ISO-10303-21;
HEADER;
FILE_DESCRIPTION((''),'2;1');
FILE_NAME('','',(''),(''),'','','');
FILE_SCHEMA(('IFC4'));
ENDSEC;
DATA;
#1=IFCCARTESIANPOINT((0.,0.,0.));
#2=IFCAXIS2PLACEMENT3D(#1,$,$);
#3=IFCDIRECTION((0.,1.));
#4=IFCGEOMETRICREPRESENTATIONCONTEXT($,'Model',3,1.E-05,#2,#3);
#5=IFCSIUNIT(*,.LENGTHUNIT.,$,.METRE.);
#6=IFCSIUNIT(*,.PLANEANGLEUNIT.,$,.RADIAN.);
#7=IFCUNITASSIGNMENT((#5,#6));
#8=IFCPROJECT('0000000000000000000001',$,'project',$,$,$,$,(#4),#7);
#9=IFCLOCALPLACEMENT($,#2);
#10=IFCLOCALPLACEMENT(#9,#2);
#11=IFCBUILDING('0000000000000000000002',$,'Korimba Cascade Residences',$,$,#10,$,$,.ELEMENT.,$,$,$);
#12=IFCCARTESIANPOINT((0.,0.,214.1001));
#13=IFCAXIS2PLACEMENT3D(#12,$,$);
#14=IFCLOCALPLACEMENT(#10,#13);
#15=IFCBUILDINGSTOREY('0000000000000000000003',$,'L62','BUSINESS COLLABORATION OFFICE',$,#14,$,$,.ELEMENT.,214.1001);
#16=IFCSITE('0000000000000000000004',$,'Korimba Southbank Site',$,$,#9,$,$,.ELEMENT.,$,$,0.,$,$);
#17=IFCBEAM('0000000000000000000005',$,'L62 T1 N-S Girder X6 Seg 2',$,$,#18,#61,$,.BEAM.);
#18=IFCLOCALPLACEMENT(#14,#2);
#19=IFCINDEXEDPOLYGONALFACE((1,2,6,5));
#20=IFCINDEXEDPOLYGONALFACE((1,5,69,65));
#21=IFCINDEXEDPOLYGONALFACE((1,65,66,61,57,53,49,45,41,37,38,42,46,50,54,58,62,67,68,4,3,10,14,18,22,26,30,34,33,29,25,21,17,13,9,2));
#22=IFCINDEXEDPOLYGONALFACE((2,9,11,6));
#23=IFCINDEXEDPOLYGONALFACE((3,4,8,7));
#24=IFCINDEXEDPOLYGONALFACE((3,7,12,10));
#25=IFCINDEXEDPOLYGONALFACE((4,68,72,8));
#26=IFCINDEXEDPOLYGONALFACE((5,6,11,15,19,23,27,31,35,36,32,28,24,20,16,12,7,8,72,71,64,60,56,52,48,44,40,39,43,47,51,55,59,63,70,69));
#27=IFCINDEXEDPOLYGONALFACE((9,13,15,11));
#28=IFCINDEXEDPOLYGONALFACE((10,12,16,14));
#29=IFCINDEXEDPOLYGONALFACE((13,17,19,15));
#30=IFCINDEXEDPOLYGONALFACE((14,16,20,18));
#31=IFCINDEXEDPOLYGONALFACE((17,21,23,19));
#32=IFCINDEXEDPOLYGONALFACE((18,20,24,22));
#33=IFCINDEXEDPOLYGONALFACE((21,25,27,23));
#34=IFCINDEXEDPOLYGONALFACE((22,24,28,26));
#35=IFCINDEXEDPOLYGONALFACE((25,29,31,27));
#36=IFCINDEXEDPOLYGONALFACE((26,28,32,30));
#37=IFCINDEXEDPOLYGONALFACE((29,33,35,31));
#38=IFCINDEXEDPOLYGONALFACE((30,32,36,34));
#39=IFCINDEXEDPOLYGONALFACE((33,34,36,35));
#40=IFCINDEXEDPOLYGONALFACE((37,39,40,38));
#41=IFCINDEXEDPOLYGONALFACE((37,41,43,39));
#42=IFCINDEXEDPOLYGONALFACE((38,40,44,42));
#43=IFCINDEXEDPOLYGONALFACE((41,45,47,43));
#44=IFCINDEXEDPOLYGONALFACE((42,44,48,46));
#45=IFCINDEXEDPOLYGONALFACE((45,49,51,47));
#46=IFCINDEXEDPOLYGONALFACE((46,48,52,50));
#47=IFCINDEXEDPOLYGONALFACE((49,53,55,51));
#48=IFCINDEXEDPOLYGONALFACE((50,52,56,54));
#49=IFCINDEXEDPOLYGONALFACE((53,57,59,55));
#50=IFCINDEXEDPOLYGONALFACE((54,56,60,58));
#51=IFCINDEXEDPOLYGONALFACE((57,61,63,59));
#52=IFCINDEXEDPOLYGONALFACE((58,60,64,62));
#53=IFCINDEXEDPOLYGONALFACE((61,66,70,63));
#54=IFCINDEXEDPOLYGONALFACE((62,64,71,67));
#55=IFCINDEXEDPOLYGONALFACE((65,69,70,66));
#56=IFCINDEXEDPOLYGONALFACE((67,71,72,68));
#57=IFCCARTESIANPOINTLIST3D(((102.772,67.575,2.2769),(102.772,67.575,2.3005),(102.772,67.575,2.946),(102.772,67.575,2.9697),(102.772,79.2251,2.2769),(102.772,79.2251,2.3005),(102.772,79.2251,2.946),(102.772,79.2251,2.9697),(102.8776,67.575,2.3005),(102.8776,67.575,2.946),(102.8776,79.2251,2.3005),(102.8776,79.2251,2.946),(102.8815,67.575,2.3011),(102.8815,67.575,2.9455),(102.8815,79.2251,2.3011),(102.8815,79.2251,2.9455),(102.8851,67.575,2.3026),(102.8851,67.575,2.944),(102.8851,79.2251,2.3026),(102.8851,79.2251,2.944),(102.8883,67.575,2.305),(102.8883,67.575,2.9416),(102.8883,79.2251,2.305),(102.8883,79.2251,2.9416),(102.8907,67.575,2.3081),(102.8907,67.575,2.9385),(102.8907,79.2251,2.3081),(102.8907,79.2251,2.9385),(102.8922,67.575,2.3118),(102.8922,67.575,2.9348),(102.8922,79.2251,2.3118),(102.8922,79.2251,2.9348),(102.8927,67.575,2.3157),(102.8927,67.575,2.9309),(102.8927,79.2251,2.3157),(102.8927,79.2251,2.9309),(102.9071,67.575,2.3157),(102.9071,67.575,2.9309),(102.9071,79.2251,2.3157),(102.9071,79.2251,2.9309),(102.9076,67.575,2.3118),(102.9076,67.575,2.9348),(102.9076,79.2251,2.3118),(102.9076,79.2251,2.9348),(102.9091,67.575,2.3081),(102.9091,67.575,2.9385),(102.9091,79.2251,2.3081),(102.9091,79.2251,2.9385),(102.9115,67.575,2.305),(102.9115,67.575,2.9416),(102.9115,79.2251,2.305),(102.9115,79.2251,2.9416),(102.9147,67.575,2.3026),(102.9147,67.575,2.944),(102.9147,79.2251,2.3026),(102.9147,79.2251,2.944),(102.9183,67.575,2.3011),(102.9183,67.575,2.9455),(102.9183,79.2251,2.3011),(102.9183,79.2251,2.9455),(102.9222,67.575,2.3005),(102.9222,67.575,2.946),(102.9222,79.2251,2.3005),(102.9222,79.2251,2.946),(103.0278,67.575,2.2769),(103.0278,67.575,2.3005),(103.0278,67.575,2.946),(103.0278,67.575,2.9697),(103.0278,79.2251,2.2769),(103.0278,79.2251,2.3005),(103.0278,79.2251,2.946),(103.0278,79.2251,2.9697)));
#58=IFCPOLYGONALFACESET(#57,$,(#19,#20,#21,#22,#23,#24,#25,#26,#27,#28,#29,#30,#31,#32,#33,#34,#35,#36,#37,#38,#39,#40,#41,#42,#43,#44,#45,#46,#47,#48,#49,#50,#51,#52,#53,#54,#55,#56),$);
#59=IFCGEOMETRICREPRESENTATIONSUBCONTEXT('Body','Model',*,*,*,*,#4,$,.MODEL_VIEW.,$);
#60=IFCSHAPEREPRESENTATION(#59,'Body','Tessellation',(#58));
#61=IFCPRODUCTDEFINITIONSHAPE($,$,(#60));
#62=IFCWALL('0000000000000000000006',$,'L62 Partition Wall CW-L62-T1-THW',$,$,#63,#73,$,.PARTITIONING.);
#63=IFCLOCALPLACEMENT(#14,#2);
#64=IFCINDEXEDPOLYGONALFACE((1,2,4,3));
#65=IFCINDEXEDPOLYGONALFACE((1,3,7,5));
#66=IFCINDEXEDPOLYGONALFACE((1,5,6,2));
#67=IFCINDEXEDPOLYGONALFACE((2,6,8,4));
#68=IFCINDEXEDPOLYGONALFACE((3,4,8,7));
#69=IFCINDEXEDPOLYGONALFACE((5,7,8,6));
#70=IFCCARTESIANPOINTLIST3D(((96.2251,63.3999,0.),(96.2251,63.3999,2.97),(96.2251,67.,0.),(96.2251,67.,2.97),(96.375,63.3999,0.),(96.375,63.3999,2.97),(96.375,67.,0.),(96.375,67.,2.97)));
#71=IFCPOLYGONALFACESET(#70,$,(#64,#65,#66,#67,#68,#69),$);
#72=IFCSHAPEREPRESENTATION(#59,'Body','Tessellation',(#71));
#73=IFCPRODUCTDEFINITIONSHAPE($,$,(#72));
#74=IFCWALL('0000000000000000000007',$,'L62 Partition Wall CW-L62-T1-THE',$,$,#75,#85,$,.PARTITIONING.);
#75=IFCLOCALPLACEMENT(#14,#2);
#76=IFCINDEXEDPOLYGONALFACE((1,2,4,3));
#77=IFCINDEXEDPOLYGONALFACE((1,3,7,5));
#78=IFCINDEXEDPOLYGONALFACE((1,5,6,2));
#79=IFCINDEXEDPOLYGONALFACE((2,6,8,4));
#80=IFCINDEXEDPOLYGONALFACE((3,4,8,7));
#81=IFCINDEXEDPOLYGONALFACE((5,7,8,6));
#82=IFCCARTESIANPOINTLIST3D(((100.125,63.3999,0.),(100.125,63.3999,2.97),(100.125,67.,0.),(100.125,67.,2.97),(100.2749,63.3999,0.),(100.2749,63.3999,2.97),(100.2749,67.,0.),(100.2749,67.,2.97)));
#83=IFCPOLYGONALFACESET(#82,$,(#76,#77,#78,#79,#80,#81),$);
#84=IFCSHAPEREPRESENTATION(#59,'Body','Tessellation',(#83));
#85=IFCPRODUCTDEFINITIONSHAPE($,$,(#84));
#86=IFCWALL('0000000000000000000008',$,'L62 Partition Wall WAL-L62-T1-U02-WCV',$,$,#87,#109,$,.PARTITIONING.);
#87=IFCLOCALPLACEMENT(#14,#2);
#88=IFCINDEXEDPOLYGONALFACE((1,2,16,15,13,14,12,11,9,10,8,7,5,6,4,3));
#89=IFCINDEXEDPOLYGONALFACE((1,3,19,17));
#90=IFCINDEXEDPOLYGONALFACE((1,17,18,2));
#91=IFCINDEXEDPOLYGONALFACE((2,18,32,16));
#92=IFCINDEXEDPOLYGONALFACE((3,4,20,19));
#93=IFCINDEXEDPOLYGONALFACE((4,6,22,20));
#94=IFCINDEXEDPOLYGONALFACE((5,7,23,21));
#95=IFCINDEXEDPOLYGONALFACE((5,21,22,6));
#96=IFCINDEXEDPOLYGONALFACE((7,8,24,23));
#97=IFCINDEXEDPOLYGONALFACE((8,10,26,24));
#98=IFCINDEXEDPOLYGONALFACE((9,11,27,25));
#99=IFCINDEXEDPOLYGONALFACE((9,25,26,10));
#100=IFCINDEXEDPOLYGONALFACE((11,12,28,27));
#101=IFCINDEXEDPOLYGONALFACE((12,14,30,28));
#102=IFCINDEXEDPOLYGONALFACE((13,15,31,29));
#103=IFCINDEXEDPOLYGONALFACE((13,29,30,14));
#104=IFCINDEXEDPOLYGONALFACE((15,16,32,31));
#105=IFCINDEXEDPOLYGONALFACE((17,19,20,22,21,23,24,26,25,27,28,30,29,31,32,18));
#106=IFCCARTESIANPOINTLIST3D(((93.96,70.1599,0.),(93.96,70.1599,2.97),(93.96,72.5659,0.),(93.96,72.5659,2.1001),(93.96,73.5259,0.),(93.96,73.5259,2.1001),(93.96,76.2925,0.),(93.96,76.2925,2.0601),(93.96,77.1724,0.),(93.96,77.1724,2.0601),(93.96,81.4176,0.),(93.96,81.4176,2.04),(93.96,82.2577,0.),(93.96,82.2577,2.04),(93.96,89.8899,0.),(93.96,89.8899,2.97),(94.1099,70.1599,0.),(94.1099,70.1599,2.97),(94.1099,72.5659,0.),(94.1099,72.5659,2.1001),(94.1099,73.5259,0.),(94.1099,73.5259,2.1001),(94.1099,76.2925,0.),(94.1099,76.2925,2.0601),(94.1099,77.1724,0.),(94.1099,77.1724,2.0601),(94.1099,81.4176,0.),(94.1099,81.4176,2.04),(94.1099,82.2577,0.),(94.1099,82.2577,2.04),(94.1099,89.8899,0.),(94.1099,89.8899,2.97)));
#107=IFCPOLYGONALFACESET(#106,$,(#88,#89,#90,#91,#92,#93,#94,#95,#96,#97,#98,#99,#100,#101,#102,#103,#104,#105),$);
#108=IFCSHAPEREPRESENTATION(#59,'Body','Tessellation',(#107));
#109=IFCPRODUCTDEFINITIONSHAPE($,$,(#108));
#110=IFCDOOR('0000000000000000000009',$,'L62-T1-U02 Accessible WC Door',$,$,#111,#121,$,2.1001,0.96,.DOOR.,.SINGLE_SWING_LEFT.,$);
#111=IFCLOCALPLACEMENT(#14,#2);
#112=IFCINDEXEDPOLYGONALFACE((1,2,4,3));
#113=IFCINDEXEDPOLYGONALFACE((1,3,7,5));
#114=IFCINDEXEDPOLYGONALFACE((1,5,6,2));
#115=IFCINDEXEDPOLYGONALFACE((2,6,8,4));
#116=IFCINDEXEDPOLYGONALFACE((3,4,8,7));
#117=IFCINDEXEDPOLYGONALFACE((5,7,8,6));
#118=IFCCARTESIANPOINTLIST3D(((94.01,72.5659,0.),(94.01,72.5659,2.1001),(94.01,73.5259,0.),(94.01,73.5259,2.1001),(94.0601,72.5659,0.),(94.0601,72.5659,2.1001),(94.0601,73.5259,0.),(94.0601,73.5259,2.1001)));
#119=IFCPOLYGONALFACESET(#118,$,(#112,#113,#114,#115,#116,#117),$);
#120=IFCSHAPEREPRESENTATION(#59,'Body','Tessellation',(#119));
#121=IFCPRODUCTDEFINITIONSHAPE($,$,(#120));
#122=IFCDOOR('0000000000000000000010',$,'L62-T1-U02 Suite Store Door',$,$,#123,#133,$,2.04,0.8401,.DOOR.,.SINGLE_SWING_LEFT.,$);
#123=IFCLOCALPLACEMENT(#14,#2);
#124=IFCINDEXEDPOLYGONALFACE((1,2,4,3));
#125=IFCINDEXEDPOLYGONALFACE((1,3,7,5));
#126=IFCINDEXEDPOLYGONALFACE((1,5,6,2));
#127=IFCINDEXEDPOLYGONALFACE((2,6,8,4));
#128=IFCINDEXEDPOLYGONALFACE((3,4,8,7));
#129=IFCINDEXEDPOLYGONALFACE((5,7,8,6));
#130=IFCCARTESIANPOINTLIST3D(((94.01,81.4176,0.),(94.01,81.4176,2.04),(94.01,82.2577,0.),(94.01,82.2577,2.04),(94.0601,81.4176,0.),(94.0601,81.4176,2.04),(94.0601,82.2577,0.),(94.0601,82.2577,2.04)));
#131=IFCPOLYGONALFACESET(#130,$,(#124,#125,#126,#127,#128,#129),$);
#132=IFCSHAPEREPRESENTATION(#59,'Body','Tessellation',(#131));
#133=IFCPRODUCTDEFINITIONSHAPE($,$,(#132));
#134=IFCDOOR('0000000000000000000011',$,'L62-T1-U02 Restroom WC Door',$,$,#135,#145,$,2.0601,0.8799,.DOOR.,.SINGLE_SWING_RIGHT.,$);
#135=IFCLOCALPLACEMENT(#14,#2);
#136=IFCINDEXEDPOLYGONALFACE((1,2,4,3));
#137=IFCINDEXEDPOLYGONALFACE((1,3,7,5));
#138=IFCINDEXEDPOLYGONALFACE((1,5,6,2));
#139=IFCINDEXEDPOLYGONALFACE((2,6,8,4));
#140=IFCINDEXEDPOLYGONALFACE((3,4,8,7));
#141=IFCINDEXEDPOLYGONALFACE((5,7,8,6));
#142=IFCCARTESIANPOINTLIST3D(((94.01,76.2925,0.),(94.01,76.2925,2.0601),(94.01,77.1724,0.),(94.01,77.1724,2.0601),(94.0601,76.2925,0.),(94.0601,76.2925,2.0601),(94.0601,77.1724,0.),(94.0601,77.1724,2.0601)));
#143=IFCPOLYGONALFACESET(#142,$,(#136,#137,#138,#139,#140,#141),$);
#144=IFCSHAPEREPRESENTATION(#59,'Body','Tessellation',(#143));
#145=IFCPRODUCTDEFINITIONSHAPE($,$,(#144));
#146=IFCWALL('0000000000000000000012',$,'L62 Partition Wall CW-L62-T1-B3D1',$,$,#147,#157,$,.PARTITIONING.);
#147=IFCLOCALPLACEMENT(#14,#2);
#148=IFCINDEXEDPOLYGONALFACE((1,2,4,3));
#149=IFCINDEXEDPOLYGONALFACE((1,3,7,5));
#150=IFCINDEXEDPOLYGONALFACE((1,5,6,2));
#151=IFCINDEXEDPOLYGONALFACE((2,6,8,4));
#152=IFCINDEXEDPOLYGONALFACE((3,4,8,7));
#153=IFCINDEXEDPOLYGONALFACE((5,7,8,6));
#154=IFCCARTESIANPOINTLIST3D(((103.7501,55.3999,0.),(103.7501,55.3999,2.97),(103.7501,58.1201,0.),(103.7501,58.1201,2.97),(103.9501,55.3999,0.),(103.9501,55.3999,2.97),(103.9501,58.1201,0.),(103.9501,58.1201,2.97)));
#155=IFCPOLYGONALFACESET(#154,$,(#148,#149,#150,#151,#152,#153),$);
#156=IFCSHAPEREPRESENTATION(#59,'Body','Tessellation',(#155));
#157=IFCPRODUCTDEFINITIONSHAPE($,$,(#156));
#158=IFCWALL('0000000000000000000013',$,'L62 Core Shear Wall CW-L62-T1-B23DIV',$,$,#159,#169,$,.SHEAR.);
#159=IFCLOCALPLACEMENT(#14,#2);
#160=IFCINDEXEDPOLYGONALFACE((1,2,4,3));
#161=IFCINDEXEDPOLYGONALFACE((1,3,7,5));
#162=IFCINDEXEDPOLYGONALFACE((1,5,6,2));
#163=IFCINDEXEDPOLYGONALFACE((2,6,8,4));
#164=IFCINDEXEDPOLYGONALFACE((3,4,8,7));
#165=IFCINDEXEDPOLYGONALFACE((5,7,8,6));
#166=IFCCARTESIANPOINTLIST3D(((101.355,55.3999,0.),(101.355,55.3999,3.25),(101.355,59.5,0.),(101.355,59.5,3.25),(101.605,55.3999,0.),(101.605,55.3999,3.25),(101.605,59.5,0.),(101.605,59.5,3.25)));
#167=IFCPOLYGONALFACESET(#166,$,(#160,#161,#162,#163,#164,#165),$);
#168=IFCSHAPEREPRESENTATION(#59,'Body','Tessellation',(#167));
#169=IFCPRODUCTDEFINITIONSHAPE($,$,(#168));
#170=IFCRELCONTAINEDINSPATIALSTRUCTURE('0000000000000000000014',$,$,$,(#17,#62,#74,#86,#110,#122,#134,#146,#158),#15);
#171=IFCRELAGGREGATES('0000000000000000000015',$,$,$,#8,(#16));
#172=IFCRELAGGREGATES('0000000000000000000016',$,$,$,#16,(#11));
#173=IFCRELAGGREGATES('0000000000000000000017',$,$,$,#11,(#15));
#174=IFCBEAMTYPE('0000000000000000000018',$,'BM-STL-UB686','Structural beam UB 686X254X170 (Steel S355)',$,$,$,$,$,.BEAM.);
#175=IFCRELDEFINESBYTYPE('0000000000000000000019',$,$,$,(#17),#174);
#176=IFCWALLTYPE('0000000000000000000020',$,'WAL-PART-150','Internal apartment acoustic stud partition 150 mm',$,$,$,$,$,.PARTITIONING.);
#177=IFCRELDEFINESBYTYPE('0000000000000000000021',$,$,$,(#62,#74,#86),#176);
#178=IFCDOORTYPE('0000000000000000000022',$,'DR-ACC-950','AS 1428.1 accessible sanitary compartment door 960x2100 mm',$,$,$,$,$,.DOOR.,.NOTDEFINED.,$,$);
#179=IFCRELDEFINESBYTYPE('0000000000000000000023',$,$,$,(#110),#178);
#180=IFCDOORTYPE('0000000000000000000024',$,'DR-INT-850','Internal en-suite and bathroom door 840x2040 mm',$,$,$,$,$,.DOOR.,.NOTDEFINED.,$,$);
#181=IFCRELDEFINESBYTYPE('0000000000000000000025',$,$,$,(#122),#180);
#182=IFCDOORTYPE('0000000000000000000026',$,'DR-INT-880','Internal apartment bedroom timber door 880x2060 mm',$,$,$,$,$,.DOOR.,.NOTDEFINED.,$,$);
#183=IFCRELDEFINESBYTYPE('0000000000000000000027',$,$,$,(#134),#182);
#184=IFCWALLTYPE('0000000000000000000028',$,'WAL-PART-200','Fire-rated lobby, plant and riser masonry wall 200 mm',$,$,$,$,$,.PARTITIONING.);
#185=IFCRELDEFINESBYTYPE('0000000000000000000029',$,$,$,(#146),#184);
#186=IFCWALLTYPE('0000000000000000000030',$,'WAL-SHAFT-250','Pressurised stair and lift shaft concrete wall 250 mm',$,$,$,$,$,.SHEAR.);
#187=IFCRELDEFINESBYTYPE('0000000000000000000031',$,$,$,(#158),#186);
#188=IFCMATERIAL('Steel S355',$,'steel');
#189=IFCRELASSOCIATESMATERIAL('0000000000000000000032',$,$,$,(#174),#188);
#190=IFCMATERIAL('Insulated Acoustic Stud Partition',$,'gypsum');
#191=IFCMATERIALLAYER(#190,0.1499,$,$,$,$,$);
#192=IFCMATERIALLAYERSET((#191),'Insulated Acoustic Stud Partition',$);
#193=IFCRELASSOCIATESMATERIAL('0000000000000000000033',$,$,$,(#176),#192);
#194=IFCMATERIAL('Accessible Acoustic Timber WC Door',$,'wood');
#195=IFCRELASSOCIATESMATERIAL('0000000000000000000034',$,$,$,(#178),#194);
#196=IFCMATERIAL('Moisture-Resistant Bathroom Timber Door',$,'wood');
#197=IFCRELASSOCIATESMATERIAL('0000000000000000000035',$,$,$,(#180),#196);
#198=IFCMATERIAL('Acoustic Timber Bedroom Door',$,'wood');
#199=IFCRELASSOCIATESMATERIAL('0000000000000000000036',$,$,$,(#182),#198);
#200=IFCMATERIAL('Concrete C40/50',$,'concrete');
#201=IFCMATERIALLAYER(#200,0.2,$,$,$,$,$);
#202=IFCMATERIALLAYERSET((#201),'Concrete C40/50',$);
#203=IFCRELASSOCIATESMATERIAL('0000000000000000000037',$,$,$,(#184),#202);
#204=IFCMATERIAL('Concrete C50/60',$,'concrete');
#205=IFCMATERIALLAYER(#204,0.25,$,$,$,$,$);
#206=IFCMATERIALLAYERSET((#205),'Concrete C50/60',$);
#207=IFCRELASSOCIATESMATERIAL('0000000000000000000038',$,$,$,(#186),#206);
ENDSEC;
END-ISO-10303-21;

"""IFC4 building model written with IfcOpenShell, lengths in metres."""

from ifc_helpers import new_model, si_unit, direction, frame, frame_2d, origin, origin_2d, place, context, subcontext, project, spatial, rectangle, i_section, extrude, material, layer, layer_set, material_profile, profile_set, type_object, element, fill, save


model = new_model("IFC4")

# Units and contexts
model_context = context("Model", 3, precision=1e-05, world=origin(), true_north=direction((0.0, 1.0)))
body_context = subcontext(model_context, "Body", "Model", "MODEL_VIEW")
ifc_project = project(units=[si_unit("LENGTHUNIT", "METRE"), si_unit("PLANEANGLEUNIT", "RADIAN")], contexts=[model_context])

# Site, building, storey
site_placement = place(None, origin())
site = spatial("IfcSite", under=ifc_project, at=site_placement, Name="Korimba Southbank Site", CompositionType="ELEMENT", RefElevation=0.0)
building_placement = place(site_placement, origin())
building = spatial("IfcBuilding", under=site, at=building_placement, Name="Korimba Cascade Residences", CompositionType="ELEMENT")
storey_placement = place(building_placement, frame((0.0, 0.0, 214.1001)))
storey = spatial("IfcBuildingStorey", under=building, at=storey_placement, Name="L62", Description="BUSINESS COLLABORATION OFFICE", CompositionType="ELEMENT", Elevation=214.1001)

# Beam
ifc_material_1 = material(Name="Steel S355", Category="steel")
ifc_material_profile_1 = material_profile(ifc_material_1, i_section(OverallWidth=0.2559, OverallDepth=0.6929, WebThickness=0.0144, FlangeThickness=0.0237, FilletRadius=0.0151, at=origin_2d()), Name="Steel S355")
ifc_profile_set_1 = profile_set([ifc_material_profile_1], Name="Steel S355")
beam_type = type_object("IfcBeamType", Name="BM-STL-UB686", Description="Structural beam UB 686X254X170 (Steel S355)", PredefinedType="BEAM", material=ifc_profile_set_1)
beam_1_placement = place(storey_placement, frame((102.8999, 67.575, 2.6233), z_axis=(0.0, 1.0, 0.0), x_axis=(-1.0, 0.0, 0.0)))
element("IfcBeam", 1, at=beam_1_placement, inside=storey, type_object=beam_type, Name="L62 T1 N-S Girder X6 Seg 2", PredefinedType="BEAM", context=body_context, shape_type="SweptSolid", body=[
    extrude(i_section(OverallWidth=0.2559, OverallDepth=0.6929, WebThickness=0.0144, FlangeThickness=0.0237, FilletRadius=0.0151, at=origin_2d()), origin(), (0.0, 0.0, 1.0), 11.6501),
])

# Walls
ifc_material_2 = material(Name="Insulated Acoustic Stud Partition", Category="gypsum")
ifc_layer_1 = layer(ifc_material_2, 0.1499)
ifc_layer_set_1 = layer_set([ifc_layer_1], Name="Insulated Acoustic Stud Partition")
wall_type_1 = type_object("IfcWallType", Name="WAL-PART-150", Description="Internal apartment acoustic stud partition 150 mm", PredefinedType="PARTITIONING", material=ifc_layer_set_1)
for number, where, z_axis, x_axis, name in (
    (2, (96.3, 63.3999, 0.0), (0.0, 0.0, 1.0), (0.0, 1.0, 0.0), "L62 Partition Wall CW-L62-T1-THW"),
    (3, (100.2, 63.3999, 0.0), (0.0, 0.0, 1.0), (0.0, 1.0, 0.0), "L62 Partition Wall CW-L62-T1-THE"),
):
    element("IfcWall", number, at=place(storey_placement, frame(where, z_axis=z_axis, x_axis=x_axis)), inside=storey, type_object=wall_type_1, Name=name, PredefinedType="PARTITIONING", context=body_context, shape_type="SweptSolid", body=[
        extrude(rectangle(XDim=3.6001, YDim=0.1499, at=frame_2d((1.8, 0.0))), origin(), (0.0, 0.0, 1.0), 2.97),
    ])

# Wall, openings, doors
wall_1_placement = place(storey_placement, frame((94.0349, 70.1599, 0.0), z_axis=(0.0, 0.0, 1.0), x_axis=(0.0, 1.0, 0.0)))
wall_1 = element("IfcWall", 4, at=wall_1_placement, inside=storey, type_object=wall_type_1, Name="L62 Partition Wall WAL-L62-T1-U02-WCV", PredefinedType="PARTITIONING", context=body_context, shape_type="SweptSolid", body=[
    extrude(rectangle(XDim=19.73, YDim=0.1499, at=frame_2d((9.865, 0.0))), origin(), (0.0, 0.0, 1.0), 2.97),
])
opening_1_placement = place(wall_1_placement, frame((2.406, 0.0, 0.0)))
opening_1 = element("IfcOpeningElement", 5, at=opening_1_placement, cuts=wall_1, PredefinedType="OPENING", context=body_context, shape_type="SweptSolid", body=[
    extrude(rectangle(XDim=0.96, YDim=2.1001, at=frame_2d((0.48, 1.05))), frame((0.0, 0.085, 0.0), z_axis=(0.0, -1.0, 0.0), x_axis=(1.0, 0.0, 0.0)), (0.0, 0.0, 1.0), 0.1699),
])
opening_2_placement = place(wall_1_placement, frame((6.1326, 0.0, 0.0)))
opening_2 = element("IfcOpeningElement", 6, at=opening_2_placement, cuts=wall_1, PredefinedType="OPENING", context=body_context, shape_type="SweptSolid", body=[
    extrude(rectangle(XDim=0.8799, YDim=2.0601, at=frame_2d((0.4399, 1.03))), frame((0.0, 0.085, 0.0), z_axis=(0.0, -1.0, 0.0), x_axis=(1.0, 0.0, 0.0)), (0.0, 0.0, 1.0), 0.1699),
])
opening_3_placement = place(wall_1_placement, frame((11.2578, 0.0, 0.0)))
opening_3 = element("IfcOpeningElement", 7, at=opening_3_placement, cuts=wall_1, PredefinedType="OPENING", context=body_context, shape_type="SweptSolid", body=[
    extrude(rectangle(XDim=0.8401, YDim=2.04, at=frame_2d((0.4199, 1.02))), frame((0.0, 0.085, 0.0), z_axis=(0.0, -1.0, 0.0), x_axis=(1.0, 0.0, 0.0)), (0.0, 0.0, 1.0), 0.1699),
])
ifc_material_3 = material(Name="Accessible Acoustic Timber WC Door", Category="wood")
door_type_1 = type_object("IfcDoorType", Name="DR-ACC-950", Description="AS 1428.1 accessible sanitary compartment door 960x2100 mm", OperationType="NOTDEFINED", PredefinedType="DOOR", material=ifc_material_3)
door_1_placement = place(opening_1_placement, origin())
door_1 = element("IfcDoor", 8, at=door_1_placement, inside=storey, type_object=door_type_1, Name="L62-T1-U02 Accessible WC Door", OperationType="SINGLE_SWING_LEFT", OverallHeight=2.1001, OverallWidth=0.96, PredefinedType="DOOR", context=body_context, shape_type="SweptSolid", body=[
    extrude(rectangle(XDim=0.96, YDim=2.1001, at=frame_2d((0.48, 1.05))), frame((0.0, 0.0249, 0.0), z_axis=(0.0, -1.0, 0.0), x_axis=(1.0, 0.0, 0.0)), (0.0, 0.0, 1.0), 0.05),
])
fill(opening_1, door_1)
ifc_material_4 = material(Name="Moisture-Resistant Bathroom Timber Door", Category="wood")
door_type_2 = type_object("IfcDoorType", Name="DR-INT-850", Description="Internal en-suite and bathroom door 840x2040 mm", OperationType="NOTDEFINED", PredefinedType="DOOR", material=ifc_material_4)
door_2_placement = place(opening_3_placement, origin())
door_2 = element("IfcDoor", 9, at=door_2_placement, inside=storey, type_object=door_type_2, Name="L62-T1-U02 Suite Store Door", OperationType="SINGLE_SWING_LEFT", OverallHeight=2.04, OverallWidth=0.8401, PredefinedType="DOOR", context=body_context, shape_type="SweptSolid", body=[
    extrude(rectangle(XDim=0.8401, YDim=2.04, at=frame_2d((0.4199, 1.02))), frame((0.0, 0.0249, 0.0), z_axis=(0.0, -1.0, 0.0), x_axis=(1.0, 0.0, 0.0)), (0.0, 0.0, 1.0), 0.05),
])
fill(opening_3, door_2)
ifc_material_5 = material(Name="Acoustic Timber Bedroom Door", Category="wood")
door_type_3 = type_object("IfcDoorType", Name="DR-INT-880", Description="Internal apartment bedroom timber door 880x2060 mm", OperationType="NOTDEFINED", PredefinedType="DOOR", material=ifc_material_5)
door_3_placement = place(opening_2_placement, origin())
door_3 = element("IfcDoor", 10, at=door_3_placement, inside=storey, type_object=door_type_3, Name="L62-T1-U02 Restroom WC Door", OperationType="SINGLE_SWING_RIGHT", OverallHeight=2.0601, OverallWidth=0.8799, PredefinedType="DOOR", context=body_context, shape_type="SweptSolid", body=[
    extrude(rectangle(XDim=0.8799, YDim=2.0601, at=frame_2d((0.4399, 1.03))), frame((0.0, 0.0249, 0.0), z_axis=(0.0, -1.0, 0.0), x_axis=(1.0, 0.0, 0.0)), (0.0, 0.0, 1.0), 0.05),
])
fill(opening_2, door_3)

# Walls
ifc_material_6 = material(Name="Concrete C40/50", Category="concrete")
ifc_layer_2 = layer(ifc_material_6, 0.2)
ifc_layer_set_2 = layer_set([ifc_layer_2], Name="Concrete C40/50")
wall_type_2 = type_object("IfcWallType", Name="WAL-PART-200", Description="Fire-rated lobby, plant and riser masonry wall 200 mm", PredefinedType="PARTITIONING", material=ifc_layer_set_2)
wall_2_placement = place(storey_placement, frame((103.8501, 55.3999, 0.0), z_axis=(0.0, 0.0, 1.0), x_axis=(0.0, 1.0, 0.0)))
element("IfcWall", 11, at=wall_2_placement, inside=storey, type_object=wall_type_2, Name="L62 Partition Wall CW-L62-T1-B3D1", PredefinedType="PARTITIONING", context=body_context, shape_type="SweptSolid", body=[
    extrude(rectangle(XDim=2.7202, YDim=0.2, at=frame_2d((1.3601, 0.0))), origin(), (0.0, 0.0, 1.0), 2.97),
])
ifc_material_7 = material(Name="Concrete C50/60", Category="concrete")
ifc_layer_3 = layer(ifc_material_7, 0.25)
ifc_layer_set_3 = layer_set([ifc_layer_3], Name="Concrete C50/60")
wall_type_3 = type_object("IfcWallType", Name="WAL-SHAFT-250", Description="Pressurised stair and lift shaft concrete wall 250 mm", PredefinedType="SHEAR", material=ifc_layer_set_3)
wall_3_placement = place(storey_placement, frame((101.48, 55.3999, 0.0), z_axis=(0.0, 0.0, 1.0), x_axis=(0.0, 1.0, 0.0)))
element("IfcWall", 12, at=wall_3_placement, inside=storey, type_object=wall_type_3, Name="L62 Core Shear Wall CW-L62-T1-B23DIV", PredefinedType="SHEAR", context=body_context, shape_type="SweptSolid", body=[
    extrude(rectangle(XDim=4.1001, YDim=0.25, at=frame_2d((2.05, 0.0))), origin(), (0.0, 0.0, 1.0), 3.25),
])

save(model, "model.ifc")
